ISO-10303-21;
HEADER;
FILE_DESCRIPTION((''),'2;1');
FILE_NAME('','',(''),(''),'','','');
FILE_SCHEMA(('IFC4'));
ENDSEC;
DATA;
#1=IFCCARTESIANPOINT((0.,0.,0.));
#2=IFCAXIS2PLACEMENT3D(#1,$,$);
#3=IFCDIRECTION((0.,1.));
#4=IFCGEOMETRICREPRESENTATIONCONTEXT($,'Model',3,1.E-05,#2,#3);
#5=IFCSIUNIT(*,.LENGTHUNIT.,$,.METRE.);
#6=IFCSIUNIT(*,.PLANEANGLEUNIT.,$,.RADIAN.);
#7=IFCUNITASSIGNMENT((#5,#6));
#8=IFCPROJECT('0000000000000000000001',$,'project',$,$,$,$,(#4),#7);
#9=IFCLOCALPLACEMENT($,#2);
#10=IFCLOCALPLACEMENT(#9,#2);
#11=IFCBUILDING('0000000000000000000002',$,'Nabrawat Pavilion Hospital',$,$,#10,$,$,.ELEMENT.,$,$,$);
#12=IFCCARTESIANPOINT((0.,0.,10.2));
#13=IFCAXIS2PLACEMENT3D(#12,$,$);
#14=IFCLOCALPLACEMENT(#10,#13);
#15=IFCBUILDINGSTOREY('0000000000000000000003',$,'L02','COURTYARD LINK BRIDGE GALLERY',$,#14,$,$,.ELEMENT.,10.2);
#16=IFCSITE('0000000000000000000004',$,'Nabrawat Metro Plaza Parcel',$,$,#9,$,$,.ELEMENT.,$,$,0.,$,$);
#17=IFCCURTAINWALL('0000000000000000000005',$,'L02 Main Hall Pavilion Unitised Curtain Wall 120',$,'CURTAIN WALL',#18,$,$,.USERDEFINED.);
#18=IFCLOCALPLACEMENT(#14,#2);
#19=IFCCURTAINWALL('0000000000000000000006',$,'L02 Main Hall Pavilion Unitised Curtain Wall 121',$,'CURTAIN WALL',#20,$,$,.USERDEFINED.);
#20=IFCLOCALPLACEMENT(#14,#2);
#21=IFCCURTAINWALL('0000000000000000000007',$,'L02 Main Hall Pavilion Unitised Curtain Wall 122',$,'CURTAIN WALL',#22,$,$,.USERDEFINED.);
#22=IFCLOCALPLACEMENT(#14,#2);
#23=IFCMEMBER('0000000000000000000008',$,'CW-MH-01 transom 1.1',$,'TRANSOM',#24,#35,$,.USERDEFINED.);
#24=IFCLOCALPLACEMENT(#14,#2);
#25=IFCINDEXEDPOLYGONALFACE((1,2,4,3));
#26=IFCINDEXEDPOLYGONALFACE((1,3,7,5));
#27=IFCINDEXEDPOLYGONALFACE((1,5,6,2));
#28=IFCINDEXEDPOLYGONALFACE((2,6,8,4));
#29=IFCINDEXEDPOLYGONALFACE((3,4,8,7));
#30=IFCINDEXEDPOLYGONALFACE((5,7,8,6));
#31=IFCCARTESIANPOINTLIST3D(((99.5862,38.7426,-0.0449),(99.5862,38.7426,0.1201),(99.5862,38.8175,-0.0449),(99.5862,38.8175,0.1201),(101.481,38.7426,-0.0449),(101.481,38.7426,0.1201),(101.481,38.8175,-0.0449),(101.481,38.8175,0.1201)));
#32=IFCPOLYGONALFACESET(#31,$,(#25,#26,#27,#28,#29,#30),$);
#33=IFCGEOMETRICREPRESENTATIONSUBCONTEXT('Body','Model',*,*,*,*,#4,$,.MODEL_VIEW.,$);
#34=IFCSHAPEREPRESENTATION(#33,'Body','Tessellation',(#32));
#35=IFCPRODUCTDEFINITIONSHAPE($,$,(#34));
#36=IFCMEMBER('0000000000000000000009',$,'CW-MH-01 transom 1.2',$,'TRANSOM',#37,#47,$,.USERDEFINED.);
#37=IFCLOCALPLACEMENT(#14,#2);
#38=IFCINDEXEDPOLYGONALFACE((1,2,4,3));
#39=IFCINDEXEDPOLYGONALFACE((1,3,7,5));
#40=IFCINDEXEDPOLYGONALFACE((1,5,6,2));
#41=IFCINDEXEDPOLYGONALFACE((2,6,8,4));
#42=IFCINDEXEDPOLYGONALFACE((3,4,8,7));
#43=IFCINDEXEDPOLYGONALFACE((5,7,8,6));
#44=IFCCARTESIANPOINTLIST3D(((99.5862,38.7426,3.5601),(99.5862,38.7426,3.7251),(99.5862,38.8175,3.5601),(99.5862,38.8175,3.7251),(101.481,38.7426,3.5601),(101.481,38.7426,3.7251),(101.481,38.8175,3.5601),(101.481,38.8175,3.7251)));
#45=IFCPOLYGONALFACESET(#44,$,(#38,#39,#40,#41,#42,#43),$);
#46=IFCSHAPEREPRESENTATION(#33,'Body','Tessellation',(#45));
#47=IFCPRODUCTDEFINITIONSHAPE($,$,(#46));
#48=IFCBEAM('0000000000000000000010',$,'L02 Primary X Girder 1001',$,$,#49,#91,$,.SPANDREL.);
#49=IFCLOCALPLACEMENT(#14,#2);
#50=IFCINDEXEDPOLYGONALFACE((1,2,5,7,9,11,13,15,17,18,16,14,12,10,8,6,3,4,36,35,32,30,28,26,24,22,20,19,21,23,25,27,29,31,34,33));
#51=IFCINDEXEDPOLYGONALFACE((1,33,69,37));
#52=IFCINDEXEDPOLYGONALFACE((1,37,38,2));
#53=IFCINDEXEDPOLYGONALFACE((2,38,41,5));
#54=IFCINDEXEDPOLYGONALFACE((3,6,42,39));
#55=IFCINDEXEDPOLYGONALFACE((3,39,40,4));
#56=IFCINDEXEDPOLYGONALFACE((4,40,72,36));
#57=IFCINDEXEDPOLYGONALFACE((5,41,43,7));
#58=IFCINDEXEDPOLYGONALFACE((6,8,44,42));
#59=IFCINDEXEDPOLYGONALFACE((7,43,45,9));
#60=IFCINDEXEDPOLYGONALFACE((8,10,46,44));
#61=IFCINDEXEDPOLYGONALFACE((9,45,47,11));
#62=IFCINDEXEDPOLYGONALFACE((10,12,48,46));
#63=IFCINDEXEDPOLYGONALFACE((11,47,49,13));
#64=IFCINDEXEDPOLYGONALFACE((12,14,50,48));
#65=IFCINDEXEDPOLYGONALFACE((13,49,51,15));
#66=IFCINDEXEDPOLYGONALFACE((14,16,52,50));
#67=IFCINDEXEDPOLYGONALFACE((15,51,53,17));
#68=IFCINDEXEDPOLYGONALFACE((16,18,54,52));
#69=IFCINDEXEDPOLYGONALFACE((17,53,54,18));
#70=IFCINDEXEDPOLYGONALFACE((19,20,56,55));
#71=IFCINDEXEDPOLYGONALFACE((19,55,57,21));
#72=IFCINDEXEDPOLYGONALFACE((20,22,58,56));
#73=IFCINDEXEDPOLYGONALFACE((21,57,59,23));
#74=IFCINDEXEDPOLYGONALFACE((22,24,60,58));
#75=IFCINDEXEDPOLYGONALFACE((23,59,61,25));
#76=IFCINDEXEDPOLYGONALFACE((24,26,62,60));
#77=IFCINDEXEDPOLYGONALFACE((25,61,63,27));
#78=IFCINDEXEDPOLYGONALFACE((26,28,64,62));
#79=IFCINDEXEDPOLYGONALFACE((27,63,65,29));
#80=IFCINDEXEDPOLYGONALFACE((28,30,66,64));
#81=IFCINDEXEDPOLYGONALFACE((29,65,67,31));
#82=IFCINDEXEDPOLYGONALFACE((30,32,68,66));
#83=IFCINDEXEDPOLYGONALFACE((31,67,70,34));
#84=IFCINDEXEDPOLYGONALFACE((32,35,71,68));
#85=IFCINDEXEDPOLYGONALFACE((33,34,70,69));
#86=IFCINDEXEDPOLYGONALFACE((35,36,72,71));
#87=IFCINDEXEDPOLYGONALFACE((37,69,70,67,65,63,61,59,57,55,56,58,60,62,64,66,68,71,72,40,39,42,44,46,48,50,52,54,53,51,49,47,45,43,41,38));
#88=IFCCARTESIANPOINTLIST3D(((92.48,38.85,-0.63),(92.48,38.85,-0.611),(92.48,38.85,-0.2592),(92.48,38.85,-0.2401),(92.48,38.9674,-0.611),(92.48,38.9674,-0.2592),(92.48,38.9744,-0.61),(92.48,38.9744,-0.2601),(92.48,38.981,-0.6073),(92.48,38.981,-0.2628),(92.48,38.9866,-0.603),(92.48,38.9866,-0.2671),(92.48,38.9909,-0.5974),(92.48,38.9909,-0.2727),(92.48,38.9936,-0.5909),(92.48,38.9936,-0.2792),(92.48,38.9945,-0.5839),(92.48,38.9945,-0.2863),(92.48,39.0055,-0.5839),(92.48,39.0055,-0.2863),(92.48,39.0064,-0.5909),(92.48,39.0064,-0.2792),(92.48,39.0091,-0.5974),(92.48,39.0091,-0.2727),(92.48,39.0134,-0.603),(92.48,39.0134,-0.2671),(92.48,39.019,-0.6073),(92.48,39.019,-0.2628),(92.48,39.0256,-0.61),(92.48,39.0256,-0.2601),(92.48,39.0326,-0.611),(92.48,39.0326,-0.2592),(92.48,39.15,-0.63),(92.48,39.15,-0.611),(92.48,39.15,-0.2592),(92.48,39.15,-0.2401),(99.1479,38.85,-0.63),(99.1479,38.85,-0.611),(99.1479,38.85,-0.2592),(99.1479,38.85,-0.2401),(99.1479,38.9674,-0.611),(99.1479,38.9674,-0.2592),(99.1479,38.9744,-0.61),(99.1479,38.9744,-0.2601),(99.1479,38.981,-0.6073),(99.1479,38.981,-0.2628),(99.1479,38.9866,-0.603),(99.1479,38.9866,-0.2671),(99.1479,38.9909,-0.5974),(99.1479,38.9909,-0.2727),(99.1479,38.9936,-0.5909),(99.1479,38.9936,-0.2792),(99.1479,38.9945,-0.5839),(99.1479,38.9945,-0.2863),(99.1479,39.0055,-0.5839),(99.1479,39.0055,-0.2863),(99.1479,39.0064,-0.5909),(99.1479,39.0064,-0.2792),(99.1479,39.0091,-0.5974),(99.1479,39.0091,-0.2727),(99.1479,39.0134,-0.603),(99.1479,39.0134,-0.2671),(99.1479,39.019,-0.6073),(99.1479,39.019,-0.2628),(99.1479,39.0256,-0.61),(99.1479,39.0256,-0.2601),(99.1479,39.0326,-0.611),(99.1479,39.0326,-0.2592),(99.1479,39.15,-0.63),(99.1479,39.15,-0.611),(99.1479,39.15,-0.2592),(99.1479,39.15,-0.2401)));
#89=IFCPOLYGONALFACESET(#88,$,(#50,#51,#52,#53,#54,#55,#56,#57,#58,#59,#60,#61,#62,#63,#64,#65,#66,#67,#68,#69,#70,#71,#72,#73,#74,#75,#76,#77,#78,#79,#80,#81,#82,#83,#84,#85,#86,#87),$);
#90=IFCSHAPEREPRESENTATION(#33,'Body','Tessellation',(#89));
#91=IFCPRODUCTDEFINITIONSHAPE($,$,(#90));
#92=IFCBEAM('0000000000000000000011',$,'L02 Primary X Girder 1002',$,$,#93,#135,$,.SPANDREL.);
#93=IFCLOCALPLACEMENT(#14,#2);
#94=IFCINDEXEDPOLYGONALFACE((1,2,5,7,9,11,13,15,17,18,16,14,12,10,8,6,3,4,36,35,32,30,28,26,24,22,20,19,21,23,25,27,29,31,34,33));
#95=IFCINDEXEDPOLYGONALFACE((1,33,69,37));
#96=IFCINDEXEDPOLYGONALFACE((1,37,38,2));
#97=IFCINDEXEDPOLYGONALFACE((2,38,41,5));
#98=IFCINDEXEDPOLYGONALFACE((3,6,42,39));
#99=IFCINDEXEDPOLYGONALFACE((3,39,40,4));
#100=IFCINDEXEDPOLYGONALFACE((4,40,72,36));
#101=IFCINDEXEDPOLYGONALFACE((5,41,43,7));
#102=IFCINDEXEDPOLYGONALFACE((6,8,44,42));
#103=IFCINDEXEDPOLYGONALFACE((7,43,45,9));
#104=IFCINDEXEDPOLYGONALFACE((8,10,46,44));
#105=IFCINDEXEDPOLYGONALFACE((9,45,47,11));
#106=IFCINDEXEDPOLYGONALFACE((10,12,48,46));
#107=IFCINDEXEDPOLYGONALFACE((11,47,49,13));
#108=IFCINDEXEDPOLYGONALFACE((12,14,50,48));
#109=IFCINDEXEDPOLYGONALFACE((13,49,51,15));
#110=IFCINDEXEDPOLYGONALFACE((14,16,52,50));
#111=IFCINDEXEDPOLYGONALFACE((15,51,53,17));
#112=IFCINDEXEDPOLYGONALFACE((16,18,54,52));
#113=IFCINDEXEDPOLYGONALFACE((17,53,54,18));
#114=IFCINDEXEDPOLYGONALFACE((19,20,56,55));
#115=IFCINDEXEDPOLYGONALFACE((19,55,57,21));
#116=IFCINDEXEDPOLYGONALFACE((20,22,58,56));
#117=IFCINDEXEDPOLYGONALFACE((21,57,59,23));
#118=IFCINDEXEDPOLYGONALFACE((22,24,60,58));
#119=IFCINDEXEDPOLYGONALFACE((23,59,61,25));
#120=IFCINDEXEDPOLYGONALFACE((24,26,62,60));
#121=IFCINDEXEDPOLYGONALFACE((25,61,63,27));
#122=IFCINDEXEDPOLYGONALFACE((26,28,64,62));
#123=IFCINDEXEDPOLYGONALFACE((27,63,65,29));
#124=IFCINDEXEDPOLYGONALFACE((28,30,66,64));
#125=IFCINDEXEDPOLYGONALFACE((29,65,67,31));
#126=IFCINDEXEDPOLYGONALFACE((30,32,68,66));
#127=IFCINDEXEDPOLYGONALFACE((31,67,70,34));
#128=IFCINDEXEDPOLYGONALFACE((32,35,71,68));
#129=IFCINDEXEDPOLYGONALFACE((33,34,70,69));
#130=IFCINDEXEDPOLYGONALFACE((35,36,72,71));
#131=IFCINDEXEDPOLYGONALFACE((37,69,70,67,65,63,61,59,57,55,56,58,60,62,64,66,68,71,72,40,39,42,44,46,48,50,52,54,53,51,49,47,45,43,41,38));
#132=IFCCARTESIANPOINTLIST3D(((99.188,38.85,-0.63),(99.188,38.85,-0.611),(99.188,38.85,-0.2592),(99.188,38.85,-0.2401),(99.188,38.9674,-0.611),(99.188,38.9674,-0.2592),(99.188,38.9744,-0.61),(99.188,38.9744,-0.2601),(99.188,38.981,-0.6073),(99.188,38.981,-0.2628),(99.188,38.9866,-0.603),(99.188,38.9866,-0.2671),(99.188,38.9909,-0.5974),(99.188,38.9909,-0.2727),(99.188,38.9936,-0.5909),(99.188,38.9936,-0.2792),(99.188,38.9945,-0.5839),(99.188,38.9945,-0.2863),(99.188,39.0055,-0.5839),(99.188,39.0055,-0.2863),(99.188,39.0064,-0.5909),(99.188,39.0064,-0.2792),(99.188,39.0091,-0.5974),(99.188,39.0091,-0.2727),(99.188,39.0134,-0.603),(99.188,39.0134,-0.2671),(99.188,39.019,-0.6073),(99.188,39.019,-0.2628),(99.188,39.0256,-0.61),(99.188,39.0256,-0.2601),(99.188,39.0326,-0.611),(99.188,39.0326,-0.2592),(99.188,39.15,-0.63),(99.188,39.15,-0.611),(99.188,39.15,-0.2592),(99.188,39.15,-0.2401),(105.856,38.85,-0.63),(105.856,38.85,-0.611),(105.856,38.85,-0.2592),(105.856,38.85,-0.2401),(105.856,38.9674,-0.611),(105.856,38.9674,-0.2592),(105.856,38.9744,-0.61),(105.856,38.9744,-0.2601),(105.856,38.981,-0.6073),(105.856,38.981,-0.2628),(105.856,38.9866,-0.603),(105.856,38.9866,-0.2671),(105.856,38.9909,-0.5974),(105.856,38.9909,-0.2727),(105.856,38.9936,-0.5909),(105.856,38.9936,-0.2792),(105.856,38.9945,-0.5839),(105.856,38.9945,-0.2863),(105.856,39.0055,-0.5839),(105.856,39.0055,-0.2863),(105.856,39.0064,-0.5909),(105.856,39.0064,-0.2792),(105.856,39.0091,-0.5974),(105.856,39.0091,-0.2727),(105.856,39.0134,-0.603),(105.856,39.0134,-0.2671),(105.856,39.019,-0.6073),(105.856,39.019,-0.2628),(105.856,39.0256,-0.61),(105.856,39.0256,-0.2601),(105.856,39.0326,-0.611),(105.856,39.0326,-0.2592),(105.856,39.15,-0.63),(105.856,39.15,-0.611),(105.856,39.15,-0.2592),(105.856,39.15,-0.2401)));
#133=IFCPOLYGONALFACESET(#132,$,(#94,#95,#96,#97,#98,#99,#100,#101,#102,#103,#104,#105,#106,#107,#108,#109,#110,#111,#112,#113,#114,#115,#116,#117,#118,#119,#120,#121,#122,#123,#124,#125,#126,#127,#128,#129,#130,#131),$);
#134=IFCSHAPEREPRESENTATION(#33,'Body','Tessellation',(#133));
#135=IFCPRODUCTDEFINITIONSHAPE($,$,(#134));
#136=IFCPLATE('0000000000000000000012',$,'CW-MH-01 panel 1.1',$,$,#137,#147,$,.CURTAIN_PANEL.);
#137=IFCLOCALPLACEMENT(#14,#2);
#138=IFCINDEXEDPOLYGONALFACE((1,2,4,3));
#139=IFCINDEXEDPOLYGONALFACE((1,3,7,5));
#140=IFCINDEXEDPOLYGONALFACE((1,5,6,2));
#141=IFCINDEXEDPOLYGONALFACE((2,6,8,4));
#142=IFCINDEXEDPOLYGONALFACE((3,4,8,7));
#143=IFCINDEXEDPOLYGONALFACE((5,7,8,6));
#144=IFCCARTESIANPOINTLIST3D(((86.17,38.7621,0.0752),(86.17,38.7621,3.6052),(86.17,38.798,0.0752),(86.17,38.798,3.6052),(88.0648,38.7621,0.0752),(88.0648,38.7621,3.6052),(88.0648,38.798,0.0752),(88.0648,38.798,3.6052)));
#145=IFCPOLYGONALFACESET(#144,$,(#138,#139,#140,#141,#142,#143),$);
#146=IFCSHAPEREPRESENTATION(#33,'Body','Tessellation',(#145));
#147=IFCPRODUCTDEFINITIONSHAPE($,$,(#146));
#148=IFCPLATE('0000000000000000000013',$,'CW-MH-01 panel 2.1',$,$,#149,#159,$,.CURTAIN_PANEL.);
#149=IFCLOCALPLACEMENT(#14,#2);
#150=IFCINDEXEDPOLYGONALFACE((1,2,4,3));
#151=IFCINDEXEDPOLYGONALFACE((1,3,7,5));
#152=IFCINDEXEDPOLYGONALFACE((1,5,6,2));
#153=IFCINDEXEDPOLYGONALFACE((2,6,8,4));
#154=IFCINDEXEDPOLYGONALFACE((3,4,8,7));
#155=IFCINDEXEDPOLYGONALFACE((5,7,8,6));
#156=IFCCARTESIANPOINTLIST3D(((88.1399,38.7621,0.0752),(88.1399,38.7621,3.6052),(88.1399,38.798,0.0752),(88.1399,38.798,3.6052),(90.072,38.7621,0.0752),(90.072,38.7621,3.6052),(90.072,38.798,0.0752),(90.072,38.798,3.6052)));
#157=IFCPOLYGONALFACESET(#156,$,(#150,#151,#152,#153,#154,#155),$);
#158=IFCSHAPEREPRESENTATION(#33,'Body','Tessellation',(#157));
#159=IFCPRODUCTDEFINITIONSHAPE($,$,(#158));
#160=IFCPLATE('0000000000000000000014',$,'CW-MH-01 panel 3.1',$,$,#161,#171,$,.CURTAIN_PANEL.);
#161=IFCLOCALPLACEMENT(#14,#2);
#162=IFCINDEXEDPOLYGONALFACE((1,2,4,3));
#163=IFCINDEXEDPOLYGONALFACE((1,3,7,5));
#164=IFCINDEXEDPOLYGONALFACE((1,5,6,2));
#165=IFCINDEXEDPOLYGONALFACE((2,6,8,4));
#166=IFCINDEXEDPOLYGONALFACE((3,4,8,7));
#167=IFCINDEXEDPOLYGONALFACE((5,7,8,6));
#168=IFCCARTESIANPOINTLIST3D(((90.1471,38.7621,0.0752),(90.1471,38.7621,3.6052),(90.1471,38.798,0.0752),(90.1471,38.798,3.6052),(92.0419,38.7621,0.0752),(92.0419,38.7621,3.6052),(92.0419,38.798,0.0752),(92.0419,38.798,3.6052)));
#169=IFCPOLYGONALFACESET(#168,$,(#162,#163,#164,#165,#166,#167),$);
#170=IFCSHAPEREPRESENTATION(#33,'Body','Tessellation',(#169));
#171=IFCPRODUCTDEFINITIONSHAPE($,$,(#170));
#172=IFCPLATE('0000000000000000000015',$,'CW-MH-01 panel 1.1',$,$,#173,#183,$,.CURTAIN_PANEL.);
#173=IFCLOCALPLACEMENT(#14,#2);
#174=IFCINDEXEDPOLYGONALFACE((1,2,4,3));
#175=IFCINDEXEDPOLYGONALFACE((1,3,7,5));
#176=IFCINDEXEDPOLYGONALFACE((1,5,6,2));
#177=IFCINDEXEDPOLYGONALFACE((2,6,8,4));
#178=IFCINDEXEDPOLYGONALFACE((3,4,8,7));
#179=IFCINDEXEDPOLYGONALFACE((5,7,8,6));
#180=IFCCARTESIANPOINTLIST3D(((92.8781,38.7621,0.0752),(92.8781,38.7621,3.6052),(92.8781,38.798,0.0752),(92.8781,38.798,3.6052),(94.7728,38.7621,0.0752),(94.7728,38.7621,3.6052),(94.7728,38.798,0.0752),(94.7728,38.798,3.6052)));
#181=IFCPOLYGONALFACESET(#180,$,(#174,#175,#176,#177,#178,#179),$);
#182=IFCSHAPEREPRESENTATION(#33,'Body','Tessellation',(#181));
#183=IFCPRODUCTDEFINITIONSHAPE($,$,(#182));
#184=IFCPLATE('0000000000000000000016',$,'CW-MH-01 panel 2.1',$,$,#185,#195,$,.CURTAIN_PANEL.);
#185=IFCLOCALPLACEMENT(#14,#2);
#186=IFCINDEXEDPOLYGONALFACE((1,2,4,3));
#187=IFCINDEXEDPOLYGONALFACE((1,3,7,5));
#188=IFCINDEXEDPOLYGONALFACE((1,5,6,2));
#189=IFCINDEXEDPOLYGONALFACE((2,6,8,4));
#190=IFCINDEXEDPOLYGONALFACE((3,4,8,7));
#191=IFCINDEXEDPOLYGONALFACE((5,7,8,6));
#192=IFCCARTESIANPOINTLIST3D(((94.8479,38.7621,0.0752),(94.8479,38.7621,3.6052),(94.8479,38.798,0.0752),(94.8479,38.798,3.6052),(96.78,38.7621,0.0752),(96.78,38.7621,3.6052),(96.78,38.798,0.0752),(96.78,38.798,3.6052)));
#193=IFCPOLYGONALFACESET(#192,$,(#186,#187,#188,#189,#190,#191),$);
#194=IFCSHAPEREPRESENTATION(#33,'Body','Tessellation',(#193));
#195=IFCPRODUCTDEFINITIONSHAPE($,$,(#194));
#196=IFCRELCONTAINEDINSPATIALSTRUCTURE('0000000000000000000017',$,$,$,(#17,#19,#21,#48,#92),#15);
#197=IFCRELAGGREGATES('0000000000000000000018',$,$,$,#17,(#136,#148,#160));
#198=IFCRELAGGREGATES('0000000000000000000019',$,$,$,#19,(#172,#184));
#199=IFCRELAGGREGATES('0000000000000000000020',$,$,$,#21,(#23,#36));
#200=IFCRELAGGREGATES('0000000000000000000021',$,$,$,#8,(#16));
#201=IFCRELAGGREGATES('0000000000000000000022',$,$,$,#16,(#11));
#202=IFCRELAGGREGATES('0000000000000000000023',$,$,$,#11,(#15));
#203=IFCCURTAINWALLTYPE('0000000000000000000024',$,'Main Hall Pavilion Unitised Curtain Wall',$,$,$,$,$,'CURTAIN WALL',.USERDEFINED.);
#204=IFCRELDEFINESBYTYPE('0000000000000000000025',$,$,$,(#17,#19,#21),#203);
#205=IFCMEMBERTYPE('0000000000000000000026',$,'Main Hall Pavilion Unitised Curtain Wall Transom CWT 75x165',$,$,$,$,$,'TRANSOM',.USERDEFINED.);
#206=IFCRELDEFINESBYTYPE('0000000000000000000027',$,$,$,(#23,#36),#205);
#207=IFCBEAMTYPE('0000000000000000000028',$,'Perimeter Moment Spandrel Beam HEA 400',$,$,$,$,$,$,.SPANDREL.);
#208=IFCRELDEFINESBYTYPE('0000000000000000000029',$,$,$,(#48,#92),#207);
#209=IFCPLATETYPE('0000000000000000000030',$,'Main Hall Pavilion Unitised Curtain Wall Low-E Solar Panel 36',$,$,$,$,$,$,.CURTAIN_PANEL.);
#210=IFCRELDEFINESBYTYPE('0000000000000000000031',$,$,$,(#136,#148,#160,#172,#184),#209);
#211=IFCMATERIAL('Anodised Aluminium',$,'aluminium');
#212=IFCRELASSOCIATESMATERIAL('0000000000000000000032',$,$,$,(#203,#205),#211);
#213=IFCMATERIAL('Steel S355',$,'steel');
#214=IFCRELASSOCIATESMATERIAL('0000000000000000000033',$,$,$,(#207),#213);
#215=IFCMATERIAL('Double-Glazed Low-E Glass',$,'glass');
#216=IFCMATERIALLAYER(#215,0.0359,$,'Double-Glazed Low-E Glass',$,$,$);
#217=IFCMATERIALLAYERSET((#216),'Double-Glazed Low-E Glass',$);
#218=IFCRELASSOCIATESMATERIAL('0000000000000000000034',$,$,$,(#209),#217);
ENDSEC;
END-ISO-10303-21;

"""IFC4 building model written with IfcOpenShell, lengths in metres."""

from ifc_helpers import new_model, si_unit, direction, frame, origin, origin_2d, place, context, subcontext, project, spatial, rectangle, i_section, extrude, material, layer, layer_set, material_profile, profile_set, type_object, element, aggregate, save


model = new_model("IFC4")

# Units and contexts
model_context = context("Model", 3, precision=1e-05, world=origin(), true_north=direction((0.0, 1.0)))
body_context = subcontext(model_context, "Body", "Model", "MODEL_VIEW")
ifc_project = project(units=[si_unit("LENGTHUNIT", "METRE"), si_unit("PLANEANGLEUNIT", "RADIAN")], contexts=[model_context])

# Site, building, storey
site_placement = place(None, origin())
site = spatial("IfcSite", under=ifc_project, at=site_placement, Name="Nabrawat Metro Plaza Parcel", CompositionType="ELEMENT", RefElevation=0.0)
building_placement = place(site_placement, origin())
building = spatial("IfcBuilding", under=site, at=building_placement, Name="Nabrawat Pavilion Hospital", CompositionType="ELEMENT")
storey_placement = place(building_placement, frame((0.0, 0.0, 10.2)))
storey = spatial("IfcBuildingStorey", under=building, at=storey_placement, Name="L02", Description="COURTYARD LINK BRIDGE GALLERY", CompositionType="ELEMENT", Elevation=10.2)

# Shared definitions
ifc_material_1 = material(Name="Steel S355", Category="steel")

# Curtain walls
ifc_material_2 = material(Name="Anodised Aluminium", Category="aluminium")
curtain_wall_type = type_object("IfcCurtainWallType", Name="Main Hall Pavilion Unitised Curtain Wall", ElementType="CURTAIN WALL", PredefinedType="USERDEFINED", material=ifc_material_2)
curtain_wall_1_placement = place(storey_placement, origin())
curtain_wall_1 = element("IfcCurtainWall", 1, at=curtain_wall_1_placement, inside=storey, type_object=curtain_wall_type, Name="L02 Main Hall Pavilion Unitised Curtain Wall 120", ObjectType="CURTAIN WALL", PredefinedType="USERDEFINED")
curtain_wall_2_placement = place(storey_placement, origin())
curtain_wall_2 = element("IfcCurtainWall", 2, at=curtain_wall_2_placement, inside=storey, type_object=curtain_wall_type, Name="L02 Main Hall Pavilion Unitised Curtain Wall 121", ObjectType="CURTAIN WALL", PredefinedType="USERDEFINED")

# Curtain wall
curtain_wall_3_placement = place(storey_placement, origin())
curtain_wall_3 = element("IfcCurtainWall", 3, at=curtain_wall_3_placement, inside=storey, type_object=curtain_wall_type, Name="L02 Main Hall Pavilion Unitised Curtain Wall 122", ObjectType="CURTAIN WALL", PredefinedType="USERDEFINED")

# Members
ifc_material_profile_1 = material_profile(ifc_material_2, rectangle(XDim=0.075, YDim=0.165, at=origin_2d()), Name="CWT 75x165")
ifc_profile_set_1 = profile_set([ifc_material_profile_1], Name="Anodised Aluminium")
member_type_1 = type_object("IfcMemberType", Name="Main Hall Pavilion Unitised Curtain Wall Transom CWT 75x165", ElementType="TRANSOM", PredefinedType="USERDEFINED", material=ifc_profile_set_1)
member_1_placement = place(storey_placement, frame((99.5862, 38.78, 0.0376), z_axis=(1.0, 0.0, 0.0), x_axis=(0.0, 1.0, 0.0)))
member_1 = element("IfcMember", 4, at=member_1_placement, type_object=member_type_1, Name="CW-MH-01 transom 1.1", ObjectType="TRANSOM", PredefinedType="USERDEFINED", context=body_context, shape_type="SweptSolid", body=[
    extrude(rectangle(XDim=0.075, YDim=0.165, at=origin_2d()), origin(), (0.0, 0.0, 1.0), 1.8948),
])
member_2_placement = place(storey_placement, frame((99.5862, 38.78, 3.6426), z_axis=(1.0, 0.0, 0.0), x_axis=(0.0, 1.0, 0.0)))
member_2 = element("IfcMember", 5, at=member_2_placement, type_object=member_type_1, Name="CW-MH-01 transom 1.2", ObjectType="TRANSOM", PredefinedType="USERDEFINED", context=body_context, shape_type="SweptSolid", body=[
    extrude(rectangle(XDim=0.075, YDim=0.165, at=origin_2d()), origin(), (0.0, 0.0, 1.0), 1.8948),
])

# Beams
ifc_material_profile_2 = material_profile(ifc_material_1, i_section(OverallWidth=0.3, OverallDepth=0.3899, WebThickness=0.011, FlangeThickness=0.019, FilletRadius=0.0271, at=origin_2d()), Name="HEA 400")
ifc_profile_set_2 = profile_set([ifc_material_profile_2], Name="Steel S355")
beam_type = type_object("IfcBeamType", Name="Perimeter Moment Spandrel Beam HEA 400", PredefinedType="SPANDREL", material=ifc_profile_set_2)
for number, where, z_axis, x_axis, name in (
    (6, (92.48, 39.0, -0.4351), (1.0, 0.0, 0.0), (0.0, 1.0, 0.0), "L02 Primary X Girder 1001"),
    (7, (99.188, 39.0, -0.4351), (1.0, 0.0, 0.0), (0.0, 1.0, 0.0), "L02 Primary X Girder 1002"),
):
    element("IfcBeam", number, at=place(storey_placement, frame(where, z_axis=z_axis, x_axis=x_axis)), inside=storey, type_object=beam_type, Name=name, PredefinedType="SPANDREL", context=body_context, shape_type="SweptSolid", body=[
        extrude(i_section(OverallWidth=0.3, OverallDepth=0.3899, WebThickness=0.011, FlangeThickness=0.019, FilletRadius=0.0271, at=origin_2d()), origin(), (0.0, 0.0, 1.0), 6.668),
    ])

# Plates
ifc_material_3 = material(Name="Double-Glazed Low-E Glass", Category="glass")
ifc_layer = layer(ifc_material_3, 0.0359, Name="Double-Glazed Low-E Glass")
ifc_layer_set = layer_set([ifc_layer], Name="Double-Glazed Low-E Glass")
plate_type = type_object("IfcPlateType", Name="Main Hall Pavilion Unitised Curtain Wall Low-E Solar Panel 36", PredefinedType="CURTAIN_PANEL", material=ifc_layer_set)
plate_1_placement = place(storey_placement, frame((87.1174, 38.78, 0.0752), z_axis=(0.0, 0.0, 1.0), x_axis=(1.0, 0.0, 0.0)))
plate_1 = element("IfcPlate", 8, at=plate_1_placement, type_object=plate_type, Name="CW-MH-01 panel 1.1", PredefinedType="CURTAIN_PANEL", context=body_context, shape_type="SweptSolid", body=[
    extrude(rectangle(XDim=1.8948, YDim=0.0359, at=origin_2d()), origin(), (0.0, 0.0, 1.0), 3.53),
])
plate_2_placement = place(storey_placement, frame((89.106, 38.78, 0.0752), z_axis=(0.0, 0.0, 1.0), x_axis=(1.0, 0.0, 0.0)))
plate_2 = element("IfcPlate", 9, at=plate_2_placement, type_object=plate_type, Name="CW-MH-01 panel 2.1", PredefinedType="CURTAIN_PANEL", context=body_context, shape_type="SweptSolid", body=[
    extrude(rectangle(XDim=1.9321, YDim=0.0359, at=origin_2d()), origin(), (0.0, 0.0, 1.0), 3.53),
])
plate_3_placement = place(storey_placement, frame((91.0945, 38.78, 0.0752), z_axis=(0.0, 0.0, 1.0), x_axis=(1.0, 0.0, 0.0)))
plate_3 = element("IfcPlate", 10, at=plate_3_placement, type_object=plate_type, Name="CW-MH-01 panel 3.1", PredefinedType="CURTAIN_PANEL", context=body_context, shape_type="SweptSolid", body=[
    extrude(rectangle(XDim=1.8948, YDim=0.0359, at=origin_2d()), origin(), (0.0, 0.0, 1.0), 3.53),
])
aggregate(curtain_wall_1, [plate_1, plate_2, plate_3])
plate_4_placement = place(storey_placement, frame((93.8254, 38.78, 0.0752), z_axis=(0.0, 0.0, 1.0), x_axis=(1.0, 0.0, 0.0)))
plate_4 = element("IfcPlate", 11, at=plate_4_placement, type_object=plate_type, Name="CW-MH-01 panel 1.1", PredefinedType="CURTAIN_PANEL", context=body_context, shape_type="SweptSolid", body=[
    extrude(rectangle(XDim=1.8948, YDim=0.0359, at=origin_2d()), origin(), (0.0, 0.0, 1.0), 3.53),
])
plate_5_placement = place(storey_placement, frame((95.814, 38.78, 0.0752), z_axis=(0.0, 0.0, 1.0), x_axis=(1.0, 0.0, 0.0)))
plate_5 = element("IfcPlate", 12, at=plate_5_placement, type_object=plate_type, Name="CW-MH-01 panel 2.1", PredefinedType="CURTAIN_PANEL", context=body_context, shape_type="SweptSolid", body=[
    extrude(rectangle(XDim=1.9321, YDim=0.0359, at=origin_2d()), origin(), (0.0, 0.0, 1.0), 3.53),
])
aggregate(curtain_wall_2, [plate_4, plate_5])
aggregate(curtain_wall_3, [member_1, member_2])

save(model, "model.ifc")
